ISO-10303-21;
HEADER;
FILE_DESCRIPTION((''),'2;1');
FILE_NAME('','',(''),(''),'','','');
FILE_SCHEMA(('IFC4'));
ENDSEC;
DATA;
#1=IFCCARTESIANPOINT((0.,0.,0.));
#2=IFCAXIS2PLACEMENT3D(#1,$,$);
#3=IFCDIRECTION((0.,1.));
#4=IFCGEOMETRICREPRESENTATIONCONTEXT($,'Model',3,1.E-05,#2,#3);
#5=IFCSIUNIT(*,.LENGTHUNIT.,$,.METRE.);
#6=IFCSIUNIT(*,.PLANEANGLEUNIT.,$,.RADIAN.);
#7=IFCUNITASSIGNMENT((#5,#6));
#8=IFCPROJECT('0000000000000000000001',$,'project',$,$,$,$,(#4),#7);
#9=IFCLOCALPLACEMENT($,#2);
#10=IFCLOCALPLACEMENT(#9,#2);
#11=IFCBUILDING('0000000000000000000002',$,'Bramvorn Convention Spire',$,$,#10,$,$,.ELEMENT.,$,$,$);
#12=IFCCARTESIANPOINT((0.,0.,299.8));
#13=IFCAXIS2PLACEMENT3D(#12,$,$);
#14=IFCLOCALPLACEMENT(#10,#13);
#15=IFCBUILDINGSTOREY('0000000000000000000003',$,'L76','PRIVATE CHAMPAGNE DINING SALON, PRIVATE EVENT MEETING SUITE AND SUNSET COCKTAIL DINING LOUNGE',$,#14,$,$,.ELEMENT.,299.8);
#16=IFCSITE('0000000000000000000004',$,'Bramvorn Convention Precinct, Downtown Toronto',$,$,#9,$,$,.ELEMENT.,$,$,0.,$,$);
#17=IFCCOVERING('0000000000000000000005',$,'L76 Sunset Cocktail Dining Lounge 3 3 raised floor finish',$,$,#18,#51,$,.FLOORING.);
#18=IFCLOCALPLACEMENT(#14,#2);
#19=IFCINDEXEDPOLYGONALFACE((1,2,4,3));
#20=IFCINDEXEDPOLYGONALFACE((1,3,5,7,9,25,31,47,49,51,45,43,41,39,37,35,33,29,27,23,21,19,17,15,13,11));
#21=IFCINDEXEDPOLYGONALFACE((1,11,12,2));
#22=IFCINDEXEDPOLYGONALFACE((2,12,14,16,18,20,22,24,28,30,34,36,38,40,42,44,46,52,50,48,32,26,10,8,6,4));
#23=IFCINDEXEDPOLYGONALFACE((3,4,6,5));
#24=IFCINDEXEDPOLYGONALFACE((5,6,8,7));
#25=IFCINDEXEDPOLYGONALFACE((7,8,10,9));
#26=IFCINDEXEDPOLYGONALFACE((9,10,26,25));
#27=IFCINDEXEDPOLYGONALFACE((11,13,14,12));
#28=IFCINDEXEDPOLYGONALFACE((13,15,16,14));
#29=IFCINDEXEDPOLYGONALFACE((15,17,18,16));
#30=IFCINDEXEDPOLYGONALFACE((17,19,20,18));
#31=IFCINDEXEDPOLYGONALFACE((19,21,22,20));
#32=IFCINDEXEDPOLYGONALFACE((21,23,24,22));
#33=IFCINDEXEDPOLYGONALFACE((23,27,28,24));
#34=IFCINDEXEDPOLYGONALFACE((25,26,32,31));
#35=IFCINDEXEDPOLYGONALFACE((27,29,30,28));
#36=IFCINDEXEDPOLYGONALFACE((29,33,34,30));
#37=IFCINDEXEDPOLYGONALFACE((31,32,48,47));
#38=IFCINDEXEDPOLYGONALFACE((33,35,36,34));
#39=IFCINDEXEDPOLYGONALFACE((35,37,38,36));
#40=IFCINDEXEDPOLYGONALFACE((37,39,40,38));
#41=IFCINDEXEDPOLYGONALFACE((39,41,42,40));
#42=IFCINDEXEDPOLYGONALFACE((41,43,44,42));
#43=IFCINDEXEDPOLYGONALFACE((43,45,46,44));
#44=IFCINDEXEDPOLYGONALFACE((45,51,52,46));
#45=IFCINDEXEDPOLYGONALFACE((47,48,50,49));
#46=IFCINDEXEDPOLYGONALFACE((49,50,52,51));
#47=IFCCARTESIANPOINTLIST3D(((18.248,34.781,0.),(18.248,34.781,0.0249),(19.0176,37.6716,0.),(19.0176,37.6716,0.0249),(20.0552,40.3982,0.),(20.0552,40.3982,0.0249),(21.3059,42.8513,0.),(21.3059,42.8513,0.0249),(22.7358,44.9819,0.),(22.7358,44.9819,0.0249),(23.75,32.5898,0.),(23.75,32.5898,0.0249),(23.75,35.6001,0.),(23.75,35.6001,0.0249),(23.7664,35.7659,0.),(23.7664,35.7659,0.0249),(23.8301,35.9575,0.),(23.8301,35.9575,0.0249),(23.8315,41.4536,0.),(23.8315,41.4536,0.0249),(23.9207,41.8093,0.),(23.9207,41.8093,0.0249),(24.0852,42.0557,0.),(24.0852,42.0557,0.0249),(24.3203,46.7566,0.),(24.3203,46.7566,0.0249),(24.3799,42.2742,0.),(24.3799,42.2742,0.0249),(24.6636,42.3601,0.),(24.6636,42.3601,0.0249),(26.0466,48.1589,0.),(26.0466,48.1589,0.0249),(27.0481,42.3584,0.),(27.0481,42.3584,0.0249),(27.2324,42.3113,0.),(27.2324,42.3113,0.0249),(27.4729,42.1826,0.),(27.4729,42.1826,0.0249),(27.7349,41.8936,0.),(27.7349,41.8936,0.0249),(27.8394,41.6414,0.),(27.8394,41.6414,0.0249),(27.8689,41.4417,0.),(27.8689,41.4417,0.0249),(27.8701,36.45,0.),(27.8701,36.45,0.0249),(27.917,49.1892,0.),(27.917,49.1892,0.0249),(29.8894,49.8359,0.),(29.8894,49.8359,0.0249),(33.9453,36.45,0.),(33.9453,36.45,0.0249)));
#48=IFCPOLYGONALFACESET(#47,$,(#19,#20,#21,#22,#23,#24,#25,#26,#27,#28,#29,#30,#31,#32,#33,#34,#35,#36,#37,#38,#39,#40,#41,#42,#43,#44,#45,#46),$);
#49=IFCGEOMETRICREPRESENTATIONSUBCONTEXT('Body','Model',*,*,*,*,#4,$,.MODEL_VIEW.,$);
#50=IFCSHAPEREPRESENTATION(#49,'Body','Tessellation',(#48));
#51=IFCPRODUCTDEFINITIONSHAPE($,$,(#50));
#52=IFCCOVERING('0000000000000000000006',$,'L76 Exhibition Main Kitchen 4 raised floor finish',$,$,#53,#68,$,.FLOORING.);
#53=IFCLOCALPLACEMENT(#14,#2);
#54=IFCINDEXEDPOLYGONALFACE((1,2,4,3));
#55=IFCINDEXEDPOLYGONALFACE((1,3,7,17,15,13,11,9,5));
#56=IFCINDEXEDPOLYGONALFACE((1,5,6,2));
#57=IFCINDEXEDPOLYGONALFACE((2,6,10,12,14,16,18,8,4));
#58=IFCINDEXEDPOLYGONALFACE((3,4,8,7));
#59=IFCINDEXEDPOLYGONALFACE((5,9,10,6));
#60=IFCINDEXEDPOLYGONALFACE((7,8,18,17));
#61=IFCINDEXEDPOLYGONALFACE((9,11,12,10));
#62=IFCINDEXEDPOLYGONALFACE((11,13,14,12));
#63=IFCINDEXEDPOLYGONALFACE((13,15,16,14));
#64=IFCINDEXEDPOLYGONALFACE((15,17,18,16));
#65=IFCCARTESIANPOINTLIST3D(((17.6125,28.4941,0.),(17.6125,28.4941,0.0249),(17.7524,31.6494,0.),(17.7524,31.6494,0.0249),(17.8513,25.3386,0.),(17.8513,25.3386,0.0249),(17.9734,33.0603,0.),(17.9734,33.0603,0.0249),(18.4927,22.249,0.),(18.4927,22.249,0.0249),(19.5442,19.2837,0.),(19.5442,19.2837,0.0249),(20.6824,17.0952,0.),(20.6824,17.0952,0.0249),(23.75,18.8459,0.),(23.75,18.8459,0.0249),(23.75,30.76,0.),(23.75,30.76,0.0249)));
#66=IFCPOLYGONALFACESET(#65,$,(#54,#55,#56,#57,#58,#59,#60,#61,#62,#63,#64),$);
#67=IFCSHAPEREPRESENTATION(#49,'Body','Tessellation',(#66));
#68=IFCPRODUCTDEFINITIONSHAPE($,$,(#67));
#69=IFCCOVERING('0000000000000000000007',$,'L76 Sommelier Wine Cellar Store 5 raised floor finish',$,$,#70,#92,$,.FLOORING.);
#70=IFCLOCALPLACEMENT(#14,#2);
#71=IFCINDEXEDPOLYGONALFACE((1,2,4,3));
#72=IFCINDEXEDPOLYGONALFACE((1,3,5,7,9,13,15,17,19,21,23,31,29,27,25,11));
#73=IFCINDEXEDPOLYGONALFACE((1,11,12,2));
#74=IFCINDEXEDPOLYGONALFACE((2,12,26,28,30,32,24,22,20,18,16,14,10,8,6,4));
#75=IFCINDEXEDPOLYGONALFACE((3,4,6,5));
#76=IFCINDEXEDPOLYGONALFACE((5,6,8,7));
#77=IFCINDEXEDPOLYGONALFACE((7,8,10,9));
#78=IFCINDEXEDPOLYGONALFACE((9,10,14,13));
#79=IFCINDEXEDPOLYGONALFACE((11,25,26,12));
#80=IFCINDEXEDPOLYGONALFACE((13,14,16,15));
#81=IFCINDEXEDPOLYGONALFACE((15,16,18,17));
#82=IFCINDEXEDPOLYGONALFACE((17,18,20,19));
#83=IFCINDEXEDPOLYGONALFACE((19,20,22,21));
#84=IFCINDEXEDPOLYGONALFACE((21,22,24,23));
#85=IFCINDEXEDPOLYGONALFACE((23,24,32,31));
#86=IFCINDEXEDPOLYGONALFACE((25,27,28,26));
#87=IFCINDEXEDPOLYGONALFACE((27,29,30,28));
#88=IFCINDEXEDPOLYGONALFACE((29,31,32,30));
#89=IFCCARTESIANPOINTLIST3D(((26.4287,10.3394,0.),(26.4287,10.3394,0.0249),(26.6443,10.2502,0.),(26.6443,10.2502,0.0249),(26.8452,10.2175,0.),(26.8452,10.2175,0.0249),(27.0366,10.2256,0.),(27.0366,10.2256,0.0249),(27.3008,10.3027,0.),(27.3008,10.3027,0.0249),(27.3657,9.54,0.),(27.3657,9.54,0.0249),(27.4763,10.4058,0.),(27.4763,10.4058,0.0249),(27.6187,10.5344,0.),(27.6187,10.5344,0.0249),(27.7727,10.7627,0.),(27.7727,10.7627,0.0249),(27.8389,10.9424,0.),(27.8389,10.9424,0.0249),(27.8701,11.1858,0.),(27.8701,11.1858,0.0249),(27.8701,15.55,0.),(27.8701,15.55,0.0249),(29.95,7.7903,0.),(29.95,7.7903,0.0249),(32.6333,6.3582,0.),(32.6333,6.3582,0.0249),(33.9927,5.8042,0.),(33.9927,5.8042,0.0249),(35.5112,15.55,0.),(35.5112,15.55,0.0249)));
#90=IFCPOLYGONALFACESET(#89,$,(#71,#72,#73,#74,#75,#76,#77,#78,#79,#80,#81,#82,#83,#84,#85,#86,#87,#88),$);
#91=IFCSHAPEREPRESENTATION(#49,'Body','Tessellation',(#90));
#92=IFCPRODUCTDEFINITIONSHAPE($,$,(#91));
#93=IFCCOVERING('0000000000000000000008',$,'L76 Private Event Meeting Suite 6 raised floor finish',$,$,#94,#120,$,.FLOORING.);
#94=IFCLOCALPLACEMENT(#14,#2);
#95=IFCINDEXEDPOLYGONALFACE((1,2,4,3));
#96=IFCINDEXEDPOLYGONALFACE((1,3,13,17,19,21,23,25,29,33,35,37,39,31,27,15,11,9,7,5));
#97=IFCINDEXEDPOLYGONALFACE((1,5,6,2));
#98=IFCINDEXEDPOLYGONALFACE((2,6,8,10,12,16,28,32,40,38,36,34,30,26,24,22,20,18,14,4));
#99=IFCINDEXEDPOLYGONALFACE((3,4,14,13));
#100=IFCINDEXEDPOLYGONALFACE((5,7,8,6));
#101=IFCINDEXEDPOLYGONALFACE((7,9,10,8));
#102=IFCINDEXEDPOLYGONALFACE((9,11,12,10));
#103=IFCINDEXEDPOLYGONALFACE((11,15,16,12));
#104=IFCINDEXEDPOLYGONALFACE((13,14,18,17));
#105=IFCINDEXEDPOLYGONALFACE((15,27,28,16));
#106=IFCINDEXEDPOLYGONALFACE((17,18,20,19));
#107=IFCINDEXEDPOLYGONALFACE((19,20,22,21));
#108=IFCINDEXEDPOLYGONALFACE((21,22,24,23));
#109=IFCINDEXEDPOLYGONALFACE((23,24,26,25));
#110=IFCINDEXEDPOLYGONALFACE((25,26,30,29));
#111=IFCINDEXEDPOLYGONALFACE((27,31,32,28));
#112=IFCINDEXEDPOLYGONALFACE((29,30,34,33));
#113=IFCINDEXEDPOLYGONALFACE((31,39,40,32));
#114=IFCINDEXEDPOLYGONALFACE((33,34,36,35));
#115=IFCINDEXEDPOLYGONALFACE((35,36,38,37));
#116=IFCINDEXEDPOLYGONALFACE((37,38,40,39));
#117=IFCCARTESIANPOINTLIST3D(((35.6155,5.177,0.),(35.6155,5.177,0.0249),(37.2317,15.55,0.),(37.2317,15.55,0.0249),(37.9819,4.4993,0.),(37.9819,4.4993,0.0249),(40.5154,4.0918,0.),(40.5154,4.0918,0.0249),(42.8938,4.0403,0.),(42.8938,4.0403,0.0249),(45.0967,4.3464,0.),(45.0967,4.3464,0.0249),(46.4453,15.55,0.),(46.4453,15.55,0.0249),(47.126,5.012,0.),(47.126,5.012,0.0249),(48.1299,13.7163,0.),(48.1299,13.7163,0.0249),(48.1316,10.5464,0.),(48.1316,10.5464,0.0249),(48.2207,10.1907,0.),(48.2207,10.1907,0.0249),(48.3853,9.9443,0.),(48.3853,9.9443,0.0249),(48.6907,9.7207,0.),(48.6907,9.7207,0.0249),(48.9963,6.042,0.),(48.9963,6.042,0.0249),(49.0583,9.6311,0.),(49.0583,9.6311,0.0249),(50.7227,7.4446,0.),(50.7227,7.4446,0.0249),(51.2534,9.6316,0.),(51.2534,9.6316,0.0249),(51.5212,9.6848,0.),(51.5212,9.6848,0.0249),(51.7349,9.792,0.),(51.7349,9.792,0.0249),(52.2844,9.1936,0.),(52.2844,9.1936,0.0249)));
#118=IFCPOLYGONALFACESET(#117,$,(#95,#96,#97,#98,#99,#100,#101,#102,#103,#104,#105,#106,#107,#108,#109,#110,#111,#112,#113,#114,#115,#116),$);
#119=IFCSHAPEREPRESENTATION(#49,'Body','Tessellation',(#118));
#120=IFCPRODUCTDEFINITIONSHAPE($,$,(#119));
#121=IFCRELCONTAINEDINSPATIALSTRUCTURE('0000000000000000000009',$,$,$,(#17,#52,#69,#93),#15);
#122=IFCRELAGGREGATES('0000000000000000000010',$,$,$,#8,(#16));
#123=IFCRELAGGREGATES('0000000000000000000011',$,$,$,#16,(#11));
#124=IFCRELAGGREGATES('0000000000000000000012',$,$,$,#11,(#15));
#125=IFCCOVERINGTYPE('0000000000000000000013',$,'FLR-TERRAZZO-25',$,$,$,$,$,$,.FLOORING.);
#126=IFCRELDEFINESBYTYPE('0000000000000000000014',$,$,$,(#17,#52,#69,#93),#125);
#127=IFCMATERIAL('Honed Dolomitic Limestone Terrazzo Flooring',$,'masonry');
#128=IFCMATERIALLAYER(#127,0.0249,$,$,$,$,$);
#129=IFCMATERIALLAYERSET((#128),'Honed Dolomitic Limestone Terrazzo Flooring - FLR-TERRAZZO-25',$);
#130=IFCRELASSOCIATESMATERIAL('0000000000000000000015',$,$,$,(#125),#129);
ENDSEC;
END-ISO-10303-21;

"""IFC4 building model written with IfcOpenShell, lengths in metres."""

from ifc_helpers import new_model, si_unit, direction, frame, origin, place, context, subcontext, project, spatial, polyline, outline, extrude, material, layer, layer_set, type_object, element, save


model = new_model("IFC4")

# Units and contexts
model_context = context("Model", 3, precision=1e-05, world=origin(), true_north=direction((0.0, 1.0)))
body_context = subcontext(model_context, "Body", "Model", "MODEL_VIEW")
ifc_project = project(units=[si_unit("LENGTHUNIT", "METRE"), si_unit("PLANEANGLEUNIT", "RADIAN")], contexts=[model_context])

# Site, building, storey
site_placement = place(None, origin())
site = spatial("IfcSite", under=ifc_project, at=site_placement, Name="Bramvorn Convention Precinct, Downtown Toronto", CompositionType="ELEMENT", RefElevation=0.0)
building_placement = place(site_placement, origin())
building = spatial("IfcBuilding", under=site, at=building_placement, Name="Bramvorn Convention Spire", CompositionType="ELEMENT")
storey_placement = place(building_placement, frame((0.0, 0.0, 299.8)))
storey = spatial("IfcBuildingStorey", under=building, at=storey_placement, Name="L76", Description="PRIVATE CHAMPAGNE DINING SALON, PRIVATE EVENT MEETING SUITE AND SUNSET COCKTAIL DINING LOUNGE", CompositionType="ELEMENT", Elevation=299.8)

# Coverings
ifc_material_1 = material(Name="Honed Dolomitic Limestone Terrazzo Flooring", Category="masonry")
ifc_layer_1 = layer(ifc_material_1, 0.0249)
ifc_layer_set_1 = layer_set([ifc_layer_1], Name="Honed Dolomitic Limestone Terrazzo Flooring - FLR-TERRAZZO-25")
covering_type_1 = type_object("IfcCoveringType", Name="FLR-TERRAZZO-25", PredefinedType="FLOORING", material=ifc_layer_set_1)
covering_1_placement = place(storey_placement, origin())
element("IfcCovering", 1, at=covering_1_placement, inside=storey, type_object=covering_type_1, Name="L76 Sunset Cocktail Dining Lounge 3 3 raised floor finish", PredefinedType="FLOORING", context=body_context, shape_type="SweptSolid", body=[
    extrude(outline(polyline([(23.75, 32.5898), (23.75, 35.6001), (23.7664, 35.7659), (23.8301, 35.9575), (23.8315, 41.4536), (23.9207, 41.8093), (24.0852, 42.0557), (24.3799, 42.2742), (24.6636, 42.3601), (27.0481, 42.3584), (27.2324, 42.3113), (27.4729, 42.1826), (27.7349, 41.8936), (27.8394, 41.6414), (27.8689, 41.4417), (27.8701, 36.45), (33.9453, 36.45), (29.8894, 49.8359), (27.917, 49.1892), (26.0466, 48.1589), (24.3203, 46.7566), (22.7358, 44.9819), (21.3059, 42.8513), (20.0552, 40.3982), (19.0176, 37.6716), (18.248, 34.781), (23.75, 32.5898)])), origin(), (0.0, 0.0, 1.0), 0.0249),
])
covering_2_placement = place(storey_placement, origin())
element("IfcCovering", 2, at=covering_2_placement, inside=storey, type_object=covering_type_1, Name="L76 Exhibition Main Kitchen 4 raised floor finish", PredefinedType="FLOORING", context=body_context, shape_type="SweptSolid", body=[
    extrude(outline(polyline([(20.6824, 17.0952), (23.75, 18.8459), (23.75, 30.76), (17.9734, 33.0603), (17.7524, 31.6494), (17.6125, 28.4941), (17.8513, 25.3386), (18.4927, 22.249), (19.5442, 19.2837), (20.6824, 17.0952)])), origin(), (0.0, 0.0, 1.0), 0.0249),
])
covering_3_placement = place(storey_placement, origin())
element("IfcCovering", 3, at=covering_3_placement, inside=storey, type_object=covering_type_1, Name="L76 Sommelier Wine Cellar Store 5 raised floor finish", PredefinedType="FLOORING", context=body_context, shape_type="SweptSolid", body=[
    extrude(outline(polyline([(27.3657, 9.54), (29.95, 7.7903), (32.6333, 6.3582), (33.9927, 5.8042), (35.5112, 15.55), (27.8701, 15.55), (27.8701, 11.1858), (27.8389, 10.9424), (27.7727, 10.7627), (27.6187, 10.5344), (27.4763, 10.4058), (27.3008, 10.3027), (27.0366, 10.2256), (26.8452, 10.2175), (26.6443, 10.2502), (26.4287, 10.3394), (27.3657, 9.54)])), origin(), (0.0, 0.0, 1.0), 0.0249),
])
covering_4_placement = place(storey_placement, origin())
element("IfcCovering", 4, at=covering_4_placement, inside=storey, type_object=covering_type_1, Name="L76 Private Event Meeting Suite 6 raised floor finish", PredefinedType="FLOORING", context=body_context, shape_type="SweptSolid", body=[
    extrude(outline(polyline([(37.9819, 4.4993), (40.5154, 4.0918), (42.8938, 4.0403), (45.0967, 4.3464), (47.126, 5.012), (48.9963, 6.042), (50.7227, 7.4446), (52.2844, 9.1936), (51.7349, 9.792), (51.5212, 9.6848), (51.2534, 9.6316), (49.0583, 9.6311), (48.6907, 9.7207), (48.3853, 9.9443), (48.2207, 10.1907), (48.1316, 10.5464), (48.1299, 13.7163), (46.4453, 15.55), (37.2317, 15.55), (35.6155, 5.177), (37.9819, 4.4993)])), origin(), (0.0, 0.0, 1.0), 0.0249),
])

save(model, "model.ifc")
